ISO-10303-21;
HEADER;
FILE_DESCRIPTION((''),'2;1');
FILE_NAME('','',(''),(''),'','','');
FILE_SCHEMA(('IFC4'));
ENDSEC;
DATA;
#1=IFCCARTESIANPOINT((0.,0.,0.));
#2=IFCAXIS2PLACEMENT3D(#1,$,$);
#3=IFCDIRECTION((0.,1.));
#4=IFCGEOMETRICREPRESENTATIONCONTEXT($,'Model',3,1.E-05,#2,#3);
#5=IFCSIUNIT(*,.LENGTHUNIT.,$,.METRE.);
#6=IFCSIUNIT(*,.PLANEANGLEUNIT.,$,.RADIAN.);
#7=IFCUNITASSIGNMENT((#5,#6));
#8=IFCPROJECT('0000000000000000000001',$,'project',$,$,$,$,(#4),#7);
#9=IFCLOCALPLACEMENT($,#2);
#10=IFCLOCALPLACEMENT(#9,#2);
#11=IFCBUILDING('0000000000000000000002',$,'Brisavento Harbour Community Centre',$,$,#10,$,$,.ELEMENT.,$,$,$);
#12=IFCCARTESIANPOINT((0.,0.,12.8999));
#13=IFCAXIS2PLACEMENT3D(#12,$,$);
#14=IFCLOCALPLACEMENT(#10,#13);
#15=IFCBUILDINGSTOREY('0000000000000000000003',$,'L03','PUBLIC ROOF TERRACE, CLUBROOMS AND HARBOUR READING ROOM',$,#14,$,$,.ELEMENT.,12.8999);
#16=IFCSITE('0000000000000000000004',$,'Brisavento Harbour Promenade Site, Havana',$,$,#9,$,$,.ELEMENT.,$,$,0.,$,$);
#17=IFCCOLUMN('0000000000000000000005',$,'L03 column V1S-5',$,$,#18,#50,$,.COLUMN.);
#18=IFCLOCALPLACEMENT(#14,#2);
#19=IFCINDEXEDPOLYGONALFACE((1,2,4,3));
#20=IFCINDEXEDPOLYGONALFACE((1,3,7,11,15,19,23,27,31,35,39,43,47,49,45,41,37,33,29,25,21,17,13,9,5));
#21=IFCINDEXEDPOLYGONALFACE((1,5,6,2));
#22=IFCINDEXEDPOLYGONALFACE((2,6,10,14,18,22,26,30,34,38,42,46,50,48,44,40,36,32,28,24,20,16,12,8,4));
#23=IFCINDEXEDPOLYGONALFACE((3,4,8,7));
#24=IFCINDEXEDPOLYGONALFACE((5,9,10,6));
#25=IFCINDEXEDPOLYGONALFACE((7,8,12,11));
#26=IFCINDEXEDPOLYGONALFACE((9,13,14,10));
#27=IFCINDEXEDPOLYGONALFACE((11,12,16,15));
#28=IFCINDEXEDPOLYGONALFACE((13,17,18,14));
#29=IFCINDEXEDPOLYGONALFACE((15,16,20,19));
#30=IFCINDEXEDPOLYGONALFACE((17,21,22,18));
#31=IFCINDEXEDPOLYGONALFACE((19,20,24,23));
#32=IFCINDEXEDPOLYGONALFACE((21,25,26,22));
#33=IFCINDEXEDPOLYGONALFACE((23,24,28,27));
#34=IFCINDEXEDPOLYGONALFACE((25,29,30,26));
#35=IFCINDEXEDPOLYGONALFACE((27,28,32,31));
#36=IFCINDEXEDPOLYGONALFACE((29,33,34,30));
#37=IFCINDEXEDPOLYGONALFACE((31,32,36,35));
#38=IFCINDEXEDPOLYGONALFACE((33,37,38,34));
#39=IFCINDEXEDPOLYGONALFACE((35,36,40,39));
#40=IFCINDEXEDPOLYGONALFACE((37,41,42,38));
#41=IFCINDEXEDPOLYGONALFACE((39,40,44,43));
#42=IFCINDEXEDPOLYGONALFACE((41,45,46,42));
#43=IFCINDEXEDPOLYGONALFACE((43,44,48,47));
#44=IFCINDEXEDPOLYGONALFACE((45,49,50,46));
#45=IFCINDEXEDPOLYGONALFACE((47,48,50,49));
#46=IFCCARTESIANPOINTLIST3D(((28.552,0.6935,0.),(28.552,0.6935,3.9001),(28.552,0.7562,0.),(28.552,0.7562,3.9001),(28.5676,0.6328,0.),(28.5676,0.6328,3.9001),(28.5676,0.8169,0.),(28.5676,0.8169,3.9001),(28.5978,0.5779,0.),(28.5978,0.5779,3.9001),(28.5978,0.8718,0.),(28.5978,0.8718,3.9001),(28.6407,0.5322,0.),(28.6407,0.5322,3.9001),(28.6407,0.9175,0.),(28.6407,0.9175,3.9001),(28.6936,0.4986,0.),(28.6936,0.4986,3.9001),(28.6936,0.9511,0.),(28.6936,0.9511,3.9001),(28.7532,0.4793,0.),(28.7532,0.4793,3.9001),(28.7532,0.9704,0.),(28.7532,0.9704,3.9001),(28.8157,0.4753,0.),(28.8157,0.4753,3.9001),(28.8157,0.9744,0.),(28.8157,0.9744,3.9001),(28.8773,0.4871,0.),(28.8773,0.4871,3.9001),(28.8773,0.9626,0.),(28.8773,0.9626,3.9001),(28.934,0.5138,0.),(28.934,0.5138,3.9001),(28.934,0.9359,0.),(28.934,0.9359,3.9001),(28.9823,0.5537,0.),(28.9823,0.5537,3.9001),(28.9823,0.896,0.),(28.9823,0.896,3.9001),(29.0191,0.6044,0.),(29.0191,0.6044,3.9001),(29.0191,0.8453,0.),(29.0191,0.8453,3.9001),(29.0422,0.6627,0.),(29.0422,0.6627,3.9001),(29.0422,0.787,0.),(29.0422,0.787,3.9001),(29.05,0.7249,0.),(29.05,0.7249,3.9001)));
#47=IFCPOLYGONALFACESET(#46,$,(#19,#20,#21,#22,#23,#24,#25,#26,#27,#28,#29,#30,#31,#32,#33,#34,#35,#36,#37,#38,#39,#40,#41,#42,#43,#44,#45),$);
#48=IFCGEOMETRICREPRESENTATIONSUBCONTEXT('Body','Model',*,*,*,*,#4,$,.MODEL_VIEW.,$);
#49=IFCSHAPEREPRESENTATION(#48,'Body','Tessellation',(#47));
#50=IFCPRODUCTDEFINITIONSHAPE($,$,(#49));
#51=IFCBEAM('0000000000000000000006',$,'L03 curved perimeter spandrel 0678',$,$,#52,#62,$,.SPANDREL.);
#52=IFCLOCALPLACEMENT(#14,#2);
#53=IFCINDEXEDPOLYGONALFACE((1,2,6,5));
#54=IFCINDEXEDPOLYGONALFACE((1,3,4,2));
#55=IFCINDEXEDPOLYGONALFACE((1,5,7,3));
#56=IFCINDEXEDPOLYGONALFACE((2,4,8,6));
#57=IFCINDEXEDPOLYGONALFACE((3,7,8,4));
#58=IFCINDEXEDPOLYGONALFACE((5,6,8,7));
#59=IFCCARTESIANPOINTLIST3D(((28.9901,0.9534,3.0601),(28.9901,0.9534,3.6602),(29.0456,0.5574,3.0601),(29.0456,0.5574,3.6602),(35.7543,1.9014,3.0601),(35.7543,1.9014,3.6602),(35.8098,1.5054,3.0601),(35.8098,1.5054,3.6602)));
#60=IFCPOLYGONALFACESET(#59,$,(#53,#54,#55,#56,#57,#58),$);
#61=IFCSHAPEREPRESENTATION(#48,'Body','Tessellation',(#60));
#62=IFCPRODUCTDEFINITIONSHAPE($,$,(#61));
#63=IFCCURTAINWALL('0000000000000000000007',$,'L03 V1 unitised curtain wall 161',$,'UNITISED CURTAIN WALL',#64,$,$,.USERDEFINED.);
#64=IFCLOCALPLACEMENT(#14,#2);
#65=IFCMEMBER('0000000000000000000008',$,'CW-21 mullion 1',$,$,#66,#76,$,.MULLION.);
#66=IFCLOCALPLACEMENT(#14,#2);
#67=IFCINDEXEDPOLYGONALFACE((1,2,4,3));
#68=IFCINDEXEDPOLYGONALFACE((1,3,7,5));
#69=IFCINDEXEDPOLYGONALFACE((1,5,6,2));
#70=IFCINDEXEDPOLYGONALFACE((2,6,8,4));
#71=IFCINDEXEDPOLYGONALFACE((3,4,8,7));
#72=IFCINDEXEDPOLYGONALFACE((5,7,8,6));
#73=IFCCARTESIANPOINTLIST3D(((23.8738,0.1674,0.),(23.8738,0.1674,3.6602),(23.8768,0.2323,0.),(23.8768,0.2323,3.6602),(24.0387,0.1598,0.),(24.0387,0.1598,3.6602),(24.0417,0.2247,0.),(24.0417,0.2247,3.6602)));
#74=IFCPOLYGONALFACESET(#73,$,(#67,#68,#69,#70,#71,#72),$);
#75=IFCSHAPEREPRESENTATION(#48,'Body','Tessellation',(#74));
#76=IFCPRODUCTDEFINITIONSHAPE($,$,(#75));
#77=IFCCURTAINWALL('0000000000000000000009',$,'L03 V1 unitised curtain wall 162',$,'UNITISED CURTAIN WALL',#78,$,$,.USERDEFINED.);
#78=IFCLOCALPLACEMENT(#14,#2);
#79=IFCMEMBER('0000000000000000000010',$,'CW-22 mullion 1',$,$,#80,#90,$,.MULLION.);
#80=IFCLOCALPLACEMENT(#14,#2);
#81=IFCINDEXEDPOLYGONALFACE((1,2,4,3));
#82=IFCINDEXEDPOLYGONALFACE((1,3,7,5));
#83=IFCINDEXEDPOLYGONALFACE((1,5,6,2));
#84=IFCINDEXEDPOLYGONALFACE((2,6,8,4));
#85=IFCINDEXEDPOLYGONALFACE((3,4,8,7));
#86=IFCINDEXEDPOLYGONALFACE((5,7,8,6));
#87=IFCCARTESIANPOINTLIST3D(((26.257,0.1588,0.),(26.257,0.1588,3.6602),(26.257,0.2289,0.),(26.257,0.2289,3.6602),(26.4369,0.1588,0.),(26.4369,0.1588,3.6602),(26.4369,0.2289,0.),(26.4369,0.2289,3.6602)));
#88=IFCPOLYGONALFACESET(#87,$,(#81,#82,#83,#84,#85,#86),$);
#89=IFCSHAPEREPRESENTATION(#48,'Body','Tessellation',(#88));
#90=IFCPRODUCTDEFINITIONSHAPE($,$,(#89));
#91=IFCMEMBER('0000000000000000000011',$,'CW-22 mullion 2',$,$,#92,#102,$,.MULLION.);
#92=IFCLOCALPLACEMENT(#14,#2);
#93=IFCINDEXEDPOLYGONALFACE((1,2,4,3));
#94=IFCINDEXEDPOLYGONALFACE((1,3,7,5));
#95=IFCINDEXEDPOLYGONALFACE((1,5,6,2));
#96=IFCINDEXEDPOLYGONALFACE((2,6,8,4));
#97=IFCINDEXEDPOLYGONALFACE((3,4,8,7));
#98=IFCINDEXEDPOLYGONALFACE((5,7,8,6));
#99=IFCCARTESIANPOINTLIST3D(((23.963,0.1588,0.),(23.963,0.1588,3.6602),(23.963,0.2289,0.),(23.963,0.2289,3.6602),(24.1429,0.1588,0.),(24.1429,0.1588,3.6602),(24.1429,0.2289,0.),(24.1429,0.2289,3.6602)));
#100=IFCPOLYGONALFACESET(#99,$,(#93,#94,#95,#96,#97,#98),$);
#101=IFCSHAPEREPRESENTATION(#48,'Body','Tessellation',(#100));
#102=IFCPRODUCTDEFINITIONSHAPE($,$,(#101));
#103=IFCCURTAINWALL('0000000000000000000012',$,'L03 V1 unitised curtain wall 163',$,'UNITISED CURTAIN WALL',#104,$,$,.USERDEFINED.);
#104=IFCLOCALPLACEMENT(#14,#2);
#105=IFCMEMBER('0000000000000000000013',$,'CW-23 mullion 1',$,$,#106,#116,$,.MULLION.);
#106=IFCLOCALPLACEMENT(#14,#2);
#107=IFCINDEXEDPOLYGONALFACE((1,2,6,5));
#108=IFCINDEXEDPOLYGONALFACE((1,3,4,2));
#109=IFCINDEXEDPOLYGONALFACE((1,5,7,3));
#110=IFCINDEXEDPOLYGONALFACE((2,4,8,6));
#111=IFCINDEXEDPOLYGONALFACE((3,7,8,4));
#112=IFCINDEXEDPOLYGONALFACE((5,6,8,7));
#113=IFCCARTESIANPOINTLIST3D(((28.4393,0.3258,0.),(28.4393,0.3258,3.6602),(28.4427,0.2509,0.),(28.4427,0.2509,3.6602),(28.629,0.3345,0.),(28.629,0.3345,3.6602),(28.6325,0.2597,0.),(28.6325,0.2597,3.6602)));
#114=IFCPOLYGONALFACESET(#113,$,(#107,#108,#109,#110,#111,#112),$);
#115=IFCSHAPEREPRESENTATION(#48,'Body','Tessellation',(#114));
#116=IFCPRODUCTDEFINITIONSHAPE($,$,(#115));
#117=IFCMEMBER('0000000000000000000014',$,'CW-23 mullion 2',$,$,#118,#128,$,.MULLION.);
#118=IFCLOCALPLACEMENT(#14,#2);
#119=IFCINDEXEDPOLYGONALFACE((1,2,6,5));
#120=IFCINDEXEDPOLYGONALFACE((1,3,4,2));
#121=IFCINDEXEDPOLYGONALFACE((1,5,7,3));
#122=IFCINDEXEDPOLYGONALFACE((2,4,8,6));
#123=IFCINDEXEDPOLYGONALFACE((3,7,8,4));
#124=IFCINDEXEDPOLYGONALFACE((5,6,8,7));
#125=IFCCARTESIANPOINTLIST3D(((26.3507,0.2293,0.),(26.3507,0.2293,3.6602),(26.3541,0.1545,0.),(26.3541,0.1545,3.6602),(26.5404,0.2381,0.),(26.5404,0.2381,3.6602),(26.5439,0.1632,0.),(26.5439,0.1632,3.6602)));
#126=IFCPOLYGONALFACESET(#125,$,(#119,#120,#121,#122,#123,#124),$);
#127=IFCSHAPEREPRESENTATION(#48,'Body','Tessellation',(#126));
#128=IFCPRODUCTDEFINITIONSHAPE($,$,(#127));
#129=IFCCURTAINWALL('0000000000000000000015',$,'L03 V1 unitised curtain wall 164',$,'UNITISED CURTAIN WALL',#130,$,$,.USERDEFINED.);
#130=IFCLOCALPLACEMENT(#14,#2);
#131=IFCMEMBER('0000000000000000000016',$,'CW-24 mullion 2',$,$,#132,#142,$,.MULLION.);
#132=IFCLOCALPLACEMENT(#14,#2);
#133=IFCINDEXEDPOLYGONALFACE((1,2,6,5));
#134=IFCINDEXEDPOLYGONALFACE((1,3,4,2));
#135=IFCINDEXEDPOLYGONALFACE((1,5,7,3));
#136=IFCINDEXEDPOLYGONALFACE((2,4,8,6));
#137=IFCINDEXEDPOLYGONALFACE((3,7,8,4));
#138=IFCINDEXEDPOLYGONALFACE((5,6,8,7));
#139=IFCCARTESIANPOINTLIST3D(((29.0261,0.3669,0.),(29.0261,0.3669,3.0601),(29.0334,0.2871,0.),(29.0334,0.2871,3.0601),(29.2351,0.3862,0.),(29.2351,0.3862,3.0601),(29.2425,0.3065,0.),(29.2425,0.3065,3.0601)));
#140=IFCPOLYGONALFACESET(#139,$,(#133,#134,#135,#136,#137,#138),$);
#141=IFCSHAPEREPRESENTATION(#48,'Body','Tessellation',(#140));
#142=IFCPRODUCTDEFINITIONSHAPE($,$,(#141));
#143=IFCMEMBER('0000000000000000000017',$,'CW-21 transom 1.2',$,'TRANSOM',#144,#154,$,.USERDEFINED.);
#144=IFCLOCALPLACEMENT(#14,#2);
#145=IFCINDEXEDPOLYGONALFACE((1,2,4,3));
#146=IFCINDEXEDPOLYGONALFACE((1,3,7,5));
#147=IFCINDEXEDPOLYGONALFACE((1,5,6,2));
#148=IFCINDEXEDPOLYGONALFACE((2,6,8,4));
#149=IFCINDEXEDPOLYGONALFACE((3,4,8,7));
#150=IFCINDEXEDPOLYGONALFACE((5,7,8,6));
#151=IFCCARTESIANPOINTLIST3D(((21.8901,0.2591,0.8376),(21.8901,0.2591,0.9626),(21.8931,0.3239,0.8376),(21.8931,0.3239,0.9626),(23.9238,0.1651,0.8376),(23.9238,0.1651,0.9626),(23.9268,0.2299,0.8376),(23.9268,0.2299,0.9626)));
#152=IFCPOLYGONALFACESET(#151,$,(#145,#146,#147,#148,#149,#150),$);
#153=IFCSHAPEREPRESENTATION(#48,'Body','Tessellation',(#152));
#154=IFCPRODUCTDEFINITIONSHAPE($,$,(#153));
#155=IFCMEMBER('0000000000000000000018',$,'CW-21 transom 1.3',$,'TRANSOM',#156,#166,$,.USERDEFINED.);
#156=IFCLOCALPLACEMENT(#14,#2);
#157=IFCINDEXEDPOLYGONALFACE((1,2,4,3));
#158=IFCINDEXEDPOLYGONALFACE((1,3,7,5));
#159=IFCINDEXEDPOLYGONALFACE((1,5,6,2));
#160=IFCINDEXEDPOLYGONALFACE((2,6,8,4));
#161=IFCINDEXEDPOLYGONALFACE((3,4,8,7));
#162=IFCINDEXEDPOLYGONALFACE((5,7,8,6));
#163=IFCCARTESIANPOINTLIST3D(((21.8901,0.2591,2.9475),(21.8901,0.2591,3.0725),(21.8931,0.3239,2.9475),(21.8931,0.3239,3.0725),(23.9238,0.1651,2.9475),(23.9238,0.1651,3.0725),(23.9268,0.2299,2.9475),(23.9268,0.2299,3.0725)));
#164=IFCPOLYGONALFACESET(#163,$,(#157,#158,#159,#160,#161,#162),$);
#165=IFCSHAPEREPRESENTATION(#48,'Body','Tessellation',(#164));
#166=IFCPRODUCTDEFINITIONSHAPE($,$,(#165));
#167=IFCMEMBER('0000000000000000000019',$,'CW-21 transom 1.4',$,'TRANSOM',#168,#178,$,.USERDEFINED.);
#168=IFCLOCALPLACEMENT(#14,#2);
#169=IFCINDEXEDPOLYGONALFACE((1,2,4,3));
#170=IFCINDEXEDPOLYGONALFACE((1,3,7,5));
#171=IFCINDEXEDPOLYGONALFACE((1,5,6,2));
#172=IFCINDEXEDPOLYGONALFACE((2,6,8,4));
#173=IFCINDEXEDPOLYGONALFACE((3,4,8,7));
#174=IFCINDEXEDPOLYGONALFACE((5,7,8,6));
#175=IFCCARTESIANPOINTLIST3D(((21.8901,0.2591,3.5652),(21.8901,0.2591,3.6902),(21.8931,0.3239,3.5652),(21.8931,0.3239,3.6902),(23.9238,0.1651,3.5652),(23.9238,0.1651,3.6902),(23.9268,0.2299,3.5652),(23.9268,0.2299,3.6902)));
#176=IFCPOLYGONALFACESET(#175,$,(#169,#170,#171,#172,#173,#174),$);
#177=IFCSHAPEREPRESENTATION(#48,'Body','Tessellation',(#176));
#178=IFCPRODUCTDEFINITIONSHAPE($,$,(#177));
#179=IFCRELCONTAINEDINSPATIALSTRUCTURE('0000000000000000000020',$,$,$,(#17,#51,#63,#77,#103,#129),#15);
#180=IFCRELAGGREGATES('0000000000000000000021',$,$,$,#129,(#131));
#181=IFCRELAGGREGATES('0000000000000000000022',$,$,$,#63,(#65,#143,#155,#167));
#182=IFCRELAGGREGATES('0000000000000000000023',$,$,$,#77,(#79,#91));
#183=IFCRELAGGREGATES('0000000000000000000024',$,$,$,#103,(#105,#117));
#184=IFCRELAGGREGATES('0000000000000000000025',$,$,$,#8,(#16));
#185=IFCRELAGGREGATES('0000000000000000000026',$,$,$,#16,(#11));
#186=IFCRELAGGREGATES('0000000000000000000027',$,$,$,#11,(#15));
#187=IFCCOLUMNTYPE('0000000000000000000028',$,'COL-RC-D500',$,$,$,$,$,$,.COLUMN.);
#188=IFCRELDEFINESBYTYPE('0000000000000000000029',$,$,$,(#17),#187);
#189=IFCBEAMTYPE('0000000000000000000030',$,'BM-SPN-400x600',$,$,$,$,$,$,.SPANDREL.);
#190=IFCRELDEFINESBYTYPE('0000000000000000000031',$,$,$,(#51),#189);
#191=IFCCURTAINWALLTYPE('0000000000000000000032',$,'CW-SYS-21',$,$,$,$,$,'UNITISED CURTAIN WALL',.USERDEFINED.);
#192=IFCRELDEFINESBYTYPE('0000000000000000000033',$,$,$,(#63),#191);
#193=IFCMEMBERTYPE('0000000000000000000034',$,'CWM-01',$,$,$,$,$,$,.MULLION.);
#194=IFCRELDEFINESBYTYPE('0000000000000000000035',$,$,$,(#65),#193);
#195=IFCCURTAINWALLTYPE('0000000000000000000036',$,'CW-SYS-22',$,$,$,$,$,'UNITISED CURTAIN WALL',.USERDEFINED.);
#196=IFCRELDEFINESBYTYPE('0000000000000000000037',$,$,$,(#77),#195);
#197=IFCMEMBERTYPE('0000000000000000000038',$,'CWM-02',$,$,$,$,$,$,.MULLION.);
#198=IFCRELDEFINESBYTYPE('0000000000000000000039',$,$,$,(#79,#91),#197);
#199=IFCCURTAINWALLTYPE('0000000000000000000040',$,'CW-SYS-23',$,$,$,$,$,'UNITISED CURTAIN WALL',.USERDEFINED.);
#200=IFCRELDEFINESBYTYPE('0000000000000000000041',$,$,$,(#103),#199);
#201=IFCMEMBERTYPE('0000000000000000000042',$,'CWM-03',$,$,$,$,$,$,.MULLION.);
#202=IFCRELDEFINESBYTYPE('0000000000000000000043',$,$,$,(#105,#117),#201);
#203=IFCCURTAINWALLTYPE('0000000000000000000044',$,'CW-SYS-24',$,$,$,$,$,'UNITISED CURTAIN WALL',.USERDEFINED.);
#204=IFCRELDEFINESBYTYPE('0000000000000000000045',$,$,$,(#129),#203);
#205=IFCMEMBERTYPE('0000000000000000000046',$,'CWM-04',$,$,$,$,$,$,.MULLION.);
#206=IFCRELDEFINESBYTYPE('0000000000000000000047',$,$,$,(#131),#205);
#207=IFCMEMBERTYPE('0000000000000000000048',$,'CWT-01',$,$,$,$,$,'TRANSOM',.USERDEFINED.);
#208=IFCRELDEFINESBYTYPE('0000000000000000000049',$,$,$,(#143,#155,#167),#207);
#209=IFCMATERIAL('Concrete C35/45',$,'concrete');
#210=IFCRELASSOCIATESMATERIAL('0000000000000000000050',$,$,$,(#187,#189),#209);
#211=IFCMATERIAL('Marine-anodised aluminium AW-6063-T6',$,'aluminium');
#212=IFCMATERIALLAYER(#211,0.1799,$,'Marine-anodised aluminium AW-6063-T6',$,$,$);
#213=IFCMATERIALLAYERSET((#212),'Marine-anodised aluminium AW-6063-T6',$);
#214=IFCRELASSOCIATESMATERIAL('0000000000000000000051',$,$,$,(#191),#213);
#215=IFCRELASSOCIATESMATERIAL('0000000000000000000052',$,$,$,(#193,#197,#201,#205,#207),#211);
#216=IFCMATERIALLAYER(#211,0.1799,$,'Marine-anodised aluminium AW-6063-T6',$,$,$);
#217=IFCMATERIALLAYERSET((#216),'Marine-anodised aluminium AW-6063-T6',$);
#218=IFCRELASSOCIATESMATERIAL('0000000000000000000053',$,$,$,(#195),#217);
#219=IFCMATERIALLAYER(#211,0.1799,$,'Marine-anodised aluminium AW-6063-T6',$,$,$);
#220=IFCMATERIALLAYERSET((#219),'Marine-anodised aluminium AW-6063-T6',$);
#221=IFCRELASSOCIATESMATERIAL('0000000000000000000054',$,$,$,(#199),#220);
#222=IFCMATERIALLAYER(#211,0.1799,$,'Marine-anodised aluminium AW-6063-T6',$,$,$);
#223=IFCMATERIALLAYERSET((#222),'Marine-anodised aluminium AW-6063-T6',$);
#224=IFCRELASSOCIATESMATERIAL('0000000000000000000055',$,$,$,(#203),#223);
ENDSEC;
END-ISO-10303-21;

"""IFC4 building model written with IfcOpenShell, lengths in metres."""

from ifc_helpers import new_model, si_unit, direction, frame, origin, origin_2d, place, context, subcontext, project, spatial, rectangle, circle, extrude, material, layer, layer_set, material_profile, profile_set, type_object, element, aggregate, save


model = new_model("IFC4")

# Units and contexts
model_context = context("Model", 3, precision=1e-05, world=origin(), true_north=direction((0.0, 1.0)))
body_context = subcontext(model_context, "Body", "Model", "MODEL_VIEW")
ifc_project = project(units=[si_unit("LENGTHUNIT", "METRE"), si_unit("PLANEANGLEUNIT", "RADIAN")], contexts=[model_context])

# Site, building, storey
site_placement = place(None, origin())
site = spatial("IfcSite", under=ifc_project, at=site_placement, Name="Brisavento Harbour Promenade Site, Havana", CompositionType="ELEMENT", RefElevation=0.0)
building_placement = place(site_placement, origin())
building = spatial("IfcBuilding", under=site, at=building_placement, Name="Brisavento Harbour Community Centre", CompositionType="ELEMENT")
storey_placement = place(building_placement, frame((0.0, 0.0, 12.8999)))
storey = spatial("IfcBuildingStorey", under=building, at=storey_placement, Name="L03", Description="PUBLIC ROOF TERRACE, CLUBROOMS AND HARBOUR READING ROOM", CompositionType="ELEMENT", Elevation=12.8999)

# Column
ifc_material_1 = material(Name="Concrete C35/45", Category="concrete")
ifc_material_profile_1 = material_profile(ifc_material_1, circle(Radius=0.25, at=origin_2d()), Name="Concrete C35/45")
ifc_profile_set_1 = profile_set([ifc_material_profile_1], Name="Concrete C35/45")
column_type = type_object("IfcColumnType", Name="COL-RC-D500", PredefinedType="COLUMN", material=ifc_profile_set_1)
column_placement = place(storey_placement, frame((28.8, 0.7249, 0.0), z_axis=(0.0, 0.0, 1.0), x_axis=(1.0, 0.0, 0.0)))
element("IfcColumn", 1, at=column_placement, inside=storey, type_object=column_type, Name="L03 column V1S-5", PredefinedType="COLUMN", context=body_context, shape_type="SweptSolid", body=[
    extrude(circle(Radius=0.25, at=origin_2d()), origin(), (0.0, 0.0, 1.0), 3.9001),
])

# Beam
ifc_material_profile_2 = material_profile(ifc_material_1, rectangle(XDim=0.3999, YDim=0.6001, at=origin_2d()), Name="Concrete C35/45")
ifc_profile_set_2 = profile_set([ifc_material_profile_2], Name="Concrete C35/45")
beam_type = type_object("IfcBeamType", Name="BM-SPN-400x600", PredefinedType="SPANDREL", material=ifc_profile_set_2)
beam_placement = place(storey_placement, frame((29.0178, 0.7554, 3.3601), z_axis=(0.990321, 0.138794, 0.0), x_axis=(-0.138794, 0.990321, 0.0)))
element("IfcBeam", 2, at=beam_placement, inside=storey, type_object=beam_type, Name="L03 curved perimeter spandrel 0678", PredefinedType="SPANDREL", context=body_context, shape_type="SweptSolid", body=[
    extrude(rectangle(XDim=0.3999, YDim=0.6001, at=origin_2d()), origin(), (0.0, 0.0, 1.0), 6.8303),
])

# Curtain wall, member
ifc_material_2 = material(Name="Marine-anodised aluminium AW-6063-T6", Category="aluminium")
ifc_layer_1 = layer(ifc_material_2, 0.1799, Name="Marine-anodised aluminium AW-6063-T6")
ifc_layer_set_1 = layer_set([ifc_layer_1], Name="Marine-anodised aluminium AW-6063-T6")
curtain_wall_type_1 = type_object("IfcCurtainWallType", Name="CW-SYS-21", ElementType="UNITISED CURTAIN WALL", PredefinedType="USERDEFINED", material=ifc_layer_set_1)
curtain_wall_1_placement = place(storey_placement, origin())
curtain_wall_1 = element("IfcCurtainWall", 3, at=curtain_wall_1_placement, inside=storey, type_object=curtain_wall_type_1, Name="L03 V1 unitised curtain wall 161", ObjectType="UNITISED CURTAIN WALL", PredefinedType="USERDEFINED")
ifc_material_profile_3 = material_profile(ifc_material_2, rectangle(XDim=0.0649, YDim=0.165, at=origin_2d()), Name="Marine-anodised aluminium AW-6063-T6")
ifc_profile_set_3 = profile_set([ifc_material_profile_3], Name="Marine-anodised aluminium AW-6063-T6")
member_type_1 = type_object("IfcMemberType", Name="CWM-01", PredefinedType="MULLION", material=ifc_profile_set_3)
member_1_placement = place(storey_placement, frame((23.9578, 0.196, 0.0), z_axis=(0.0, 0.0, 1.0), x_axis=(-0.046168, -0.998934, 0.0)))
member_1 = element("IfcMember", 4, at=member_1_placement, type_object=member_type_1, Name="CW-21 mullion 1", PredefinedType="MULLION", context=body_context, shape_type="SweptSolid", body=[
    extrude(rectangle(XDim=0.0649, YDim=0.165, at=origin_2d()), origin(), (0.0, 0.0, 1.0), 3.6602),
])

# Curtain walls, members
ifc_layer_2 = layer(ifc_material_2, 0.1799, Name="Marine-anodised aluminium AW-6063-T6")
ifc_layer_set_2 = layer_set([ifc_layer_2], Name="Marine-anodised aluminium AW-6063-T6")
curtain_wall_type_2 = type_object("IfcCurtainWallType", Name="CW-SYS-22", ElementType="UNITISED CURTAIN WALL", PredefinedType="USERDEFINED", material=ifc_layer_set_2)
curtain_wall_2_placement = place(storey_placement, origin())
curtain_wall_2 = element("IfcCurtainWall", 5, at=curtain_wall_2_placement, inside=storey, type_object=curtain_wall_type_2, Name="L03 V1 unitised curtain wall 162", ObjectType="UNITISED CURTAIN WALL", PredefinedType="USERDEFINED")
ifc_material_profile_4 = material_profile(ifc_material_2, rectangle(XDim=0.0701, YDim=0.1799, at=origin_2d()), Name="Marine-anodised aluminium AW-6063-T6")
ifc_profile_set_4 = profile_set([ifc_material_profile_4], Name="Marine-anodised aluminium AW-6063-T6")
member_type_2 = type_object("IfcMemberType", Name="CWM-02", PredefinedType="MULLION", material=ifc_profile_set_4)
member_2_placement = place(storey_placement, frame((26.3469, 0.1938, 0.0), z_axis=(0.0, 0.0, 1.0), x_axis=(0.0, -1.0, 0.0)))
member_2 = element("IfcMember", 6, at=member_2_placement, type_object=member_type_2, Name="CW-22 mullion 1", PredefinedType="MULLION", context=body_context, shape_type="SweptSolid", body=[
    extrude(rectangle(XDim=0.0701, YDim=0.1799, at=origin_2d()), origin(), (0.0, 0.0, 1.0), 3.6602),
])
member_3_placement = place(storey_placement, frame((24.053, 0.1938, 0.0), z_axis=(0.0, 0.0, 1.0), x_axis=(0.0, -1.0, 0.0)))
member_3 = element("IfcMember", 7, at=member_3_placement, type_object=member_type_2, Name="CW-22 mullion 2", PredefinedType="MULLION", context=body_context, shape_type="SweptSolid", body=[
    extrude(rectangle(XDim=0.0701, YDim=0.1799, at=origin_2d()), origin(), (0.0, 0.0, 1.0), 3.6602),
])
ifc_layer_3 = layer(ifc_material_2, 0.1799, Name="Marine-anodised aluminium AW-6063-T6")
ifc_layer_set_3 = layer_set([ifc_layer_3], Name="Marine-anodised aluminium AW-6063-T6")
curtain_wall_type_3 = type_object("IfcCurtainWallType", Name="CW-SYS-23", ElementType="UNITISED CURTAIN WALL", PredefinedType="USERDEFINED", material=ifc_layer_set_3)
curtain_wall_3_placement = place(storey_placement, origin())
curtain_wall_3 = element("IfcCurtainWall", 8, at=curtain_wall_3_placement, inside=storey, type_object=curtain_wall_type_3, Name="L03 V1 unitised curtain wall 163", ObjectType="UNITISED CURTAIN WALL", PredefinedType="USERDEFINED")
ifc_material_profile_5 = material_profile(ifc_material_2, rectangle(XDim=0.075, YDim=0.1899, at=origin_2d()), Name="Marine-anodised aluminium AW-6063-T6")
ifc_profile_set_5 = profile_set([ifc_material_profile_5], Name="Marine-anodised aluminium AW-6063-T6")
member_type_3 = type_object("IfcMemberType", Name="CWM-03", PredefinedType="MULLION", material=ifc_profile_set_5)
member_4_placement = place(storey_placement, frame((28.5359, 0.2927, 0.0), z_axis=(0.0, 0.0, 1.0), x_axis=(0.046168, -0.998934, 0.0)))
member_4 = element("IfcMember", 9, at=member_4_placement, type_object=member_type_3, Name="CW-23 mullion 1", PredefinedType="MULLION", context=body_context, shape_type="SweptSolid", body=[
    extrude(rectangle(XDim=0.075, YDim=0.1899, at=origin_2d()), origin(), (0.0, 0.0, 1.0), 3.6602),
])
member_5_placement = place(storey_placement, frame((26.4473, 0.1963, 0.0), z_axis=(0.0, 0.0, 1.0), x_axis=(0.046168, -0.998934, 0.0)))
member_5 = element("IfcMember", 10, at=member_5_placement, type_object=member_type_3, Name="CW-23 mullion 2", PredefinedType="MULLION", context=body_context, shape_type="SweptSolid", body=[
    extrude(rectangle(XDim=0.075, YDim=0.1899, at=origin_2d()), origin(), (0.0, 0.0, 1.0), 3.6602),
])

# Curtain wall, member
ifc_layer_4 = layer(ifc_material_2, 0.1799, Name="Marine-anodised aluminium AW-6063-T6")
ifc_layer_set_4 = layer_set([ifc_layer_4], Name="Marine-anodised aluminium AW-6063-T6")
curtain_wall_type_4 = type_object("IfcCurtainWallType", Name="CW-SYS-24", ElementType="UNITISED CURTAIN WALL", PredefinedType="USERDEFINED", material=ifc_layer_set_4)
curtain_wall_4_placement = place(storey_placement, origin())
curtain_wall_4 = element("IfcCurtainWall", 11, at=curtain_wall_4_placement, inside=storey, type_object=curtain_wall_type_4, Name="L03 V1 unitised curtain wall 164", ObjectType="UNITISED CURTAIN WALL", PredefinedType="USERDEFINED")
ifc_material_profile_6 = material_profile(ifc_material_2, rectangle(XDim=0.0801, YDim=0.21, at=origin_2d()), Name="Marine-anodised aluminium AW-6063-T6")
ifc_profile_set_6 = profile_set([ifc_material_profile_6], Name="Marine-anodised aluminium AW-6063-T6")
member_type_4 = type_object("IfcMemberType", Name="CWM-04", PredefinedType="MULLION", material=ifc_profile_set_6)
member_6_placement = place(storey_placement, frame((29.1343, 0.3367, 0.0), z_axis=(0.0, 0.0, 1.0), x_axis=(0.092261, -0.995735, 0.0)))
member_6 = element("IfcMember", 12, at=member_6_placement, type_object=member_type_4, Name="CW-24 mullion 2", PredefinedType="MULLION", context=body_context, shape_type="SweptSolid", body=[
    extrude(rectangle(XDim=0.0801, YDim=0.21, at=origin_2d()), origin(), (0.0, 0.0, 1.0), 3.0601),
])
aggregate(curtain_wall_4, [member_6])

# Members
ifc_material_profile_7 = material_profile(ifc_material_2, rectangle(XDim=0.0649, YDim=0.125, at=origin_2d()), Name="Marine-anodised aluminium AW-6063-T6")
ifc_profile_set_7 = profile_set([ifc_material_profile_7], Name="Marine-anodised aluminium AW-6063-T6")
member_type_5 = type_object("IfcMemberType", Name="CWT-01", ElementType="TRANSOM", PredefinedType="USERDEFINED", material=ifc_profile_set_7)
member_7_placement = place(storey_placement, frame((23.9253, 0.1975, 0.9001), z_axis=(-0.998934, 0.046169, 0.0), x_axis=(-0.046169, -0.998934, 0.0)))
member_7 = element("IfcMember", 13, at=member_7_placement, type_object=member_type_5, Name="CW-21 transom 1.2", ObjectType="TRANSOM", PredefinedType="USERDEFINED", context=body_context, shape_type="SweptSolid", body=[
    extrude(rectangle(XDim=0.0649, YDim=0.125, at=origin_2d()), origin(), (0.0, 0.0, 1.0), 2.0359),
])
member_8_placement = place(storey_placement, frame((23.9253, 0.1975, 3.01), z_axis=(-0.998934, 0.046169, 0.0), x_axis=(-0.046169, -0.998934, 0.0)))
member_8 = element("IfcMember", 14, at=member_8_placement, type_object=member_type_5, Name="CW-21 transom 1.3", ObjectType="TRANSOM", PredefinedType="USERDEFINED", context=body_context, shape_type="SweptSolid", body=[
    extrude(rectangle(XDim=0.0649, YDim=0.125, at=origin_2d()), origin(), (0.0, 0.0, 1.0), 2.0359),
])
member_9_placement = place(storey_placement, frame((23.9253, 0.1975, 3.6277), z_axis=(-0.998934, 0.046169, 0.0), x_axis=(-0.046169, -0.998934, 0.0)))
member_9 = element("IfcMember", 15, at=member_9_placement, type_object=member_type_5, Name="CW-21 transom 1.4", ObjectType="TRANSOM", PredefinedType="USERDEFINED", context=body_context, shape_type="SweptSolid", body=[
    extrude(rectangle(XDim=0.0649, YDim=0.125, at=origin_2d()), origin(), (0.0, 0.0, 1.0), 2.0359),
])
aggregate(curtain_wall_1, [member_1, member_7, member_8, member_9])

aggregate(curtain_wall_2, [member_2, member_3])
aggregate(curtain_wall_3, [member_4, member_5])

save(model, "model.ifc")
